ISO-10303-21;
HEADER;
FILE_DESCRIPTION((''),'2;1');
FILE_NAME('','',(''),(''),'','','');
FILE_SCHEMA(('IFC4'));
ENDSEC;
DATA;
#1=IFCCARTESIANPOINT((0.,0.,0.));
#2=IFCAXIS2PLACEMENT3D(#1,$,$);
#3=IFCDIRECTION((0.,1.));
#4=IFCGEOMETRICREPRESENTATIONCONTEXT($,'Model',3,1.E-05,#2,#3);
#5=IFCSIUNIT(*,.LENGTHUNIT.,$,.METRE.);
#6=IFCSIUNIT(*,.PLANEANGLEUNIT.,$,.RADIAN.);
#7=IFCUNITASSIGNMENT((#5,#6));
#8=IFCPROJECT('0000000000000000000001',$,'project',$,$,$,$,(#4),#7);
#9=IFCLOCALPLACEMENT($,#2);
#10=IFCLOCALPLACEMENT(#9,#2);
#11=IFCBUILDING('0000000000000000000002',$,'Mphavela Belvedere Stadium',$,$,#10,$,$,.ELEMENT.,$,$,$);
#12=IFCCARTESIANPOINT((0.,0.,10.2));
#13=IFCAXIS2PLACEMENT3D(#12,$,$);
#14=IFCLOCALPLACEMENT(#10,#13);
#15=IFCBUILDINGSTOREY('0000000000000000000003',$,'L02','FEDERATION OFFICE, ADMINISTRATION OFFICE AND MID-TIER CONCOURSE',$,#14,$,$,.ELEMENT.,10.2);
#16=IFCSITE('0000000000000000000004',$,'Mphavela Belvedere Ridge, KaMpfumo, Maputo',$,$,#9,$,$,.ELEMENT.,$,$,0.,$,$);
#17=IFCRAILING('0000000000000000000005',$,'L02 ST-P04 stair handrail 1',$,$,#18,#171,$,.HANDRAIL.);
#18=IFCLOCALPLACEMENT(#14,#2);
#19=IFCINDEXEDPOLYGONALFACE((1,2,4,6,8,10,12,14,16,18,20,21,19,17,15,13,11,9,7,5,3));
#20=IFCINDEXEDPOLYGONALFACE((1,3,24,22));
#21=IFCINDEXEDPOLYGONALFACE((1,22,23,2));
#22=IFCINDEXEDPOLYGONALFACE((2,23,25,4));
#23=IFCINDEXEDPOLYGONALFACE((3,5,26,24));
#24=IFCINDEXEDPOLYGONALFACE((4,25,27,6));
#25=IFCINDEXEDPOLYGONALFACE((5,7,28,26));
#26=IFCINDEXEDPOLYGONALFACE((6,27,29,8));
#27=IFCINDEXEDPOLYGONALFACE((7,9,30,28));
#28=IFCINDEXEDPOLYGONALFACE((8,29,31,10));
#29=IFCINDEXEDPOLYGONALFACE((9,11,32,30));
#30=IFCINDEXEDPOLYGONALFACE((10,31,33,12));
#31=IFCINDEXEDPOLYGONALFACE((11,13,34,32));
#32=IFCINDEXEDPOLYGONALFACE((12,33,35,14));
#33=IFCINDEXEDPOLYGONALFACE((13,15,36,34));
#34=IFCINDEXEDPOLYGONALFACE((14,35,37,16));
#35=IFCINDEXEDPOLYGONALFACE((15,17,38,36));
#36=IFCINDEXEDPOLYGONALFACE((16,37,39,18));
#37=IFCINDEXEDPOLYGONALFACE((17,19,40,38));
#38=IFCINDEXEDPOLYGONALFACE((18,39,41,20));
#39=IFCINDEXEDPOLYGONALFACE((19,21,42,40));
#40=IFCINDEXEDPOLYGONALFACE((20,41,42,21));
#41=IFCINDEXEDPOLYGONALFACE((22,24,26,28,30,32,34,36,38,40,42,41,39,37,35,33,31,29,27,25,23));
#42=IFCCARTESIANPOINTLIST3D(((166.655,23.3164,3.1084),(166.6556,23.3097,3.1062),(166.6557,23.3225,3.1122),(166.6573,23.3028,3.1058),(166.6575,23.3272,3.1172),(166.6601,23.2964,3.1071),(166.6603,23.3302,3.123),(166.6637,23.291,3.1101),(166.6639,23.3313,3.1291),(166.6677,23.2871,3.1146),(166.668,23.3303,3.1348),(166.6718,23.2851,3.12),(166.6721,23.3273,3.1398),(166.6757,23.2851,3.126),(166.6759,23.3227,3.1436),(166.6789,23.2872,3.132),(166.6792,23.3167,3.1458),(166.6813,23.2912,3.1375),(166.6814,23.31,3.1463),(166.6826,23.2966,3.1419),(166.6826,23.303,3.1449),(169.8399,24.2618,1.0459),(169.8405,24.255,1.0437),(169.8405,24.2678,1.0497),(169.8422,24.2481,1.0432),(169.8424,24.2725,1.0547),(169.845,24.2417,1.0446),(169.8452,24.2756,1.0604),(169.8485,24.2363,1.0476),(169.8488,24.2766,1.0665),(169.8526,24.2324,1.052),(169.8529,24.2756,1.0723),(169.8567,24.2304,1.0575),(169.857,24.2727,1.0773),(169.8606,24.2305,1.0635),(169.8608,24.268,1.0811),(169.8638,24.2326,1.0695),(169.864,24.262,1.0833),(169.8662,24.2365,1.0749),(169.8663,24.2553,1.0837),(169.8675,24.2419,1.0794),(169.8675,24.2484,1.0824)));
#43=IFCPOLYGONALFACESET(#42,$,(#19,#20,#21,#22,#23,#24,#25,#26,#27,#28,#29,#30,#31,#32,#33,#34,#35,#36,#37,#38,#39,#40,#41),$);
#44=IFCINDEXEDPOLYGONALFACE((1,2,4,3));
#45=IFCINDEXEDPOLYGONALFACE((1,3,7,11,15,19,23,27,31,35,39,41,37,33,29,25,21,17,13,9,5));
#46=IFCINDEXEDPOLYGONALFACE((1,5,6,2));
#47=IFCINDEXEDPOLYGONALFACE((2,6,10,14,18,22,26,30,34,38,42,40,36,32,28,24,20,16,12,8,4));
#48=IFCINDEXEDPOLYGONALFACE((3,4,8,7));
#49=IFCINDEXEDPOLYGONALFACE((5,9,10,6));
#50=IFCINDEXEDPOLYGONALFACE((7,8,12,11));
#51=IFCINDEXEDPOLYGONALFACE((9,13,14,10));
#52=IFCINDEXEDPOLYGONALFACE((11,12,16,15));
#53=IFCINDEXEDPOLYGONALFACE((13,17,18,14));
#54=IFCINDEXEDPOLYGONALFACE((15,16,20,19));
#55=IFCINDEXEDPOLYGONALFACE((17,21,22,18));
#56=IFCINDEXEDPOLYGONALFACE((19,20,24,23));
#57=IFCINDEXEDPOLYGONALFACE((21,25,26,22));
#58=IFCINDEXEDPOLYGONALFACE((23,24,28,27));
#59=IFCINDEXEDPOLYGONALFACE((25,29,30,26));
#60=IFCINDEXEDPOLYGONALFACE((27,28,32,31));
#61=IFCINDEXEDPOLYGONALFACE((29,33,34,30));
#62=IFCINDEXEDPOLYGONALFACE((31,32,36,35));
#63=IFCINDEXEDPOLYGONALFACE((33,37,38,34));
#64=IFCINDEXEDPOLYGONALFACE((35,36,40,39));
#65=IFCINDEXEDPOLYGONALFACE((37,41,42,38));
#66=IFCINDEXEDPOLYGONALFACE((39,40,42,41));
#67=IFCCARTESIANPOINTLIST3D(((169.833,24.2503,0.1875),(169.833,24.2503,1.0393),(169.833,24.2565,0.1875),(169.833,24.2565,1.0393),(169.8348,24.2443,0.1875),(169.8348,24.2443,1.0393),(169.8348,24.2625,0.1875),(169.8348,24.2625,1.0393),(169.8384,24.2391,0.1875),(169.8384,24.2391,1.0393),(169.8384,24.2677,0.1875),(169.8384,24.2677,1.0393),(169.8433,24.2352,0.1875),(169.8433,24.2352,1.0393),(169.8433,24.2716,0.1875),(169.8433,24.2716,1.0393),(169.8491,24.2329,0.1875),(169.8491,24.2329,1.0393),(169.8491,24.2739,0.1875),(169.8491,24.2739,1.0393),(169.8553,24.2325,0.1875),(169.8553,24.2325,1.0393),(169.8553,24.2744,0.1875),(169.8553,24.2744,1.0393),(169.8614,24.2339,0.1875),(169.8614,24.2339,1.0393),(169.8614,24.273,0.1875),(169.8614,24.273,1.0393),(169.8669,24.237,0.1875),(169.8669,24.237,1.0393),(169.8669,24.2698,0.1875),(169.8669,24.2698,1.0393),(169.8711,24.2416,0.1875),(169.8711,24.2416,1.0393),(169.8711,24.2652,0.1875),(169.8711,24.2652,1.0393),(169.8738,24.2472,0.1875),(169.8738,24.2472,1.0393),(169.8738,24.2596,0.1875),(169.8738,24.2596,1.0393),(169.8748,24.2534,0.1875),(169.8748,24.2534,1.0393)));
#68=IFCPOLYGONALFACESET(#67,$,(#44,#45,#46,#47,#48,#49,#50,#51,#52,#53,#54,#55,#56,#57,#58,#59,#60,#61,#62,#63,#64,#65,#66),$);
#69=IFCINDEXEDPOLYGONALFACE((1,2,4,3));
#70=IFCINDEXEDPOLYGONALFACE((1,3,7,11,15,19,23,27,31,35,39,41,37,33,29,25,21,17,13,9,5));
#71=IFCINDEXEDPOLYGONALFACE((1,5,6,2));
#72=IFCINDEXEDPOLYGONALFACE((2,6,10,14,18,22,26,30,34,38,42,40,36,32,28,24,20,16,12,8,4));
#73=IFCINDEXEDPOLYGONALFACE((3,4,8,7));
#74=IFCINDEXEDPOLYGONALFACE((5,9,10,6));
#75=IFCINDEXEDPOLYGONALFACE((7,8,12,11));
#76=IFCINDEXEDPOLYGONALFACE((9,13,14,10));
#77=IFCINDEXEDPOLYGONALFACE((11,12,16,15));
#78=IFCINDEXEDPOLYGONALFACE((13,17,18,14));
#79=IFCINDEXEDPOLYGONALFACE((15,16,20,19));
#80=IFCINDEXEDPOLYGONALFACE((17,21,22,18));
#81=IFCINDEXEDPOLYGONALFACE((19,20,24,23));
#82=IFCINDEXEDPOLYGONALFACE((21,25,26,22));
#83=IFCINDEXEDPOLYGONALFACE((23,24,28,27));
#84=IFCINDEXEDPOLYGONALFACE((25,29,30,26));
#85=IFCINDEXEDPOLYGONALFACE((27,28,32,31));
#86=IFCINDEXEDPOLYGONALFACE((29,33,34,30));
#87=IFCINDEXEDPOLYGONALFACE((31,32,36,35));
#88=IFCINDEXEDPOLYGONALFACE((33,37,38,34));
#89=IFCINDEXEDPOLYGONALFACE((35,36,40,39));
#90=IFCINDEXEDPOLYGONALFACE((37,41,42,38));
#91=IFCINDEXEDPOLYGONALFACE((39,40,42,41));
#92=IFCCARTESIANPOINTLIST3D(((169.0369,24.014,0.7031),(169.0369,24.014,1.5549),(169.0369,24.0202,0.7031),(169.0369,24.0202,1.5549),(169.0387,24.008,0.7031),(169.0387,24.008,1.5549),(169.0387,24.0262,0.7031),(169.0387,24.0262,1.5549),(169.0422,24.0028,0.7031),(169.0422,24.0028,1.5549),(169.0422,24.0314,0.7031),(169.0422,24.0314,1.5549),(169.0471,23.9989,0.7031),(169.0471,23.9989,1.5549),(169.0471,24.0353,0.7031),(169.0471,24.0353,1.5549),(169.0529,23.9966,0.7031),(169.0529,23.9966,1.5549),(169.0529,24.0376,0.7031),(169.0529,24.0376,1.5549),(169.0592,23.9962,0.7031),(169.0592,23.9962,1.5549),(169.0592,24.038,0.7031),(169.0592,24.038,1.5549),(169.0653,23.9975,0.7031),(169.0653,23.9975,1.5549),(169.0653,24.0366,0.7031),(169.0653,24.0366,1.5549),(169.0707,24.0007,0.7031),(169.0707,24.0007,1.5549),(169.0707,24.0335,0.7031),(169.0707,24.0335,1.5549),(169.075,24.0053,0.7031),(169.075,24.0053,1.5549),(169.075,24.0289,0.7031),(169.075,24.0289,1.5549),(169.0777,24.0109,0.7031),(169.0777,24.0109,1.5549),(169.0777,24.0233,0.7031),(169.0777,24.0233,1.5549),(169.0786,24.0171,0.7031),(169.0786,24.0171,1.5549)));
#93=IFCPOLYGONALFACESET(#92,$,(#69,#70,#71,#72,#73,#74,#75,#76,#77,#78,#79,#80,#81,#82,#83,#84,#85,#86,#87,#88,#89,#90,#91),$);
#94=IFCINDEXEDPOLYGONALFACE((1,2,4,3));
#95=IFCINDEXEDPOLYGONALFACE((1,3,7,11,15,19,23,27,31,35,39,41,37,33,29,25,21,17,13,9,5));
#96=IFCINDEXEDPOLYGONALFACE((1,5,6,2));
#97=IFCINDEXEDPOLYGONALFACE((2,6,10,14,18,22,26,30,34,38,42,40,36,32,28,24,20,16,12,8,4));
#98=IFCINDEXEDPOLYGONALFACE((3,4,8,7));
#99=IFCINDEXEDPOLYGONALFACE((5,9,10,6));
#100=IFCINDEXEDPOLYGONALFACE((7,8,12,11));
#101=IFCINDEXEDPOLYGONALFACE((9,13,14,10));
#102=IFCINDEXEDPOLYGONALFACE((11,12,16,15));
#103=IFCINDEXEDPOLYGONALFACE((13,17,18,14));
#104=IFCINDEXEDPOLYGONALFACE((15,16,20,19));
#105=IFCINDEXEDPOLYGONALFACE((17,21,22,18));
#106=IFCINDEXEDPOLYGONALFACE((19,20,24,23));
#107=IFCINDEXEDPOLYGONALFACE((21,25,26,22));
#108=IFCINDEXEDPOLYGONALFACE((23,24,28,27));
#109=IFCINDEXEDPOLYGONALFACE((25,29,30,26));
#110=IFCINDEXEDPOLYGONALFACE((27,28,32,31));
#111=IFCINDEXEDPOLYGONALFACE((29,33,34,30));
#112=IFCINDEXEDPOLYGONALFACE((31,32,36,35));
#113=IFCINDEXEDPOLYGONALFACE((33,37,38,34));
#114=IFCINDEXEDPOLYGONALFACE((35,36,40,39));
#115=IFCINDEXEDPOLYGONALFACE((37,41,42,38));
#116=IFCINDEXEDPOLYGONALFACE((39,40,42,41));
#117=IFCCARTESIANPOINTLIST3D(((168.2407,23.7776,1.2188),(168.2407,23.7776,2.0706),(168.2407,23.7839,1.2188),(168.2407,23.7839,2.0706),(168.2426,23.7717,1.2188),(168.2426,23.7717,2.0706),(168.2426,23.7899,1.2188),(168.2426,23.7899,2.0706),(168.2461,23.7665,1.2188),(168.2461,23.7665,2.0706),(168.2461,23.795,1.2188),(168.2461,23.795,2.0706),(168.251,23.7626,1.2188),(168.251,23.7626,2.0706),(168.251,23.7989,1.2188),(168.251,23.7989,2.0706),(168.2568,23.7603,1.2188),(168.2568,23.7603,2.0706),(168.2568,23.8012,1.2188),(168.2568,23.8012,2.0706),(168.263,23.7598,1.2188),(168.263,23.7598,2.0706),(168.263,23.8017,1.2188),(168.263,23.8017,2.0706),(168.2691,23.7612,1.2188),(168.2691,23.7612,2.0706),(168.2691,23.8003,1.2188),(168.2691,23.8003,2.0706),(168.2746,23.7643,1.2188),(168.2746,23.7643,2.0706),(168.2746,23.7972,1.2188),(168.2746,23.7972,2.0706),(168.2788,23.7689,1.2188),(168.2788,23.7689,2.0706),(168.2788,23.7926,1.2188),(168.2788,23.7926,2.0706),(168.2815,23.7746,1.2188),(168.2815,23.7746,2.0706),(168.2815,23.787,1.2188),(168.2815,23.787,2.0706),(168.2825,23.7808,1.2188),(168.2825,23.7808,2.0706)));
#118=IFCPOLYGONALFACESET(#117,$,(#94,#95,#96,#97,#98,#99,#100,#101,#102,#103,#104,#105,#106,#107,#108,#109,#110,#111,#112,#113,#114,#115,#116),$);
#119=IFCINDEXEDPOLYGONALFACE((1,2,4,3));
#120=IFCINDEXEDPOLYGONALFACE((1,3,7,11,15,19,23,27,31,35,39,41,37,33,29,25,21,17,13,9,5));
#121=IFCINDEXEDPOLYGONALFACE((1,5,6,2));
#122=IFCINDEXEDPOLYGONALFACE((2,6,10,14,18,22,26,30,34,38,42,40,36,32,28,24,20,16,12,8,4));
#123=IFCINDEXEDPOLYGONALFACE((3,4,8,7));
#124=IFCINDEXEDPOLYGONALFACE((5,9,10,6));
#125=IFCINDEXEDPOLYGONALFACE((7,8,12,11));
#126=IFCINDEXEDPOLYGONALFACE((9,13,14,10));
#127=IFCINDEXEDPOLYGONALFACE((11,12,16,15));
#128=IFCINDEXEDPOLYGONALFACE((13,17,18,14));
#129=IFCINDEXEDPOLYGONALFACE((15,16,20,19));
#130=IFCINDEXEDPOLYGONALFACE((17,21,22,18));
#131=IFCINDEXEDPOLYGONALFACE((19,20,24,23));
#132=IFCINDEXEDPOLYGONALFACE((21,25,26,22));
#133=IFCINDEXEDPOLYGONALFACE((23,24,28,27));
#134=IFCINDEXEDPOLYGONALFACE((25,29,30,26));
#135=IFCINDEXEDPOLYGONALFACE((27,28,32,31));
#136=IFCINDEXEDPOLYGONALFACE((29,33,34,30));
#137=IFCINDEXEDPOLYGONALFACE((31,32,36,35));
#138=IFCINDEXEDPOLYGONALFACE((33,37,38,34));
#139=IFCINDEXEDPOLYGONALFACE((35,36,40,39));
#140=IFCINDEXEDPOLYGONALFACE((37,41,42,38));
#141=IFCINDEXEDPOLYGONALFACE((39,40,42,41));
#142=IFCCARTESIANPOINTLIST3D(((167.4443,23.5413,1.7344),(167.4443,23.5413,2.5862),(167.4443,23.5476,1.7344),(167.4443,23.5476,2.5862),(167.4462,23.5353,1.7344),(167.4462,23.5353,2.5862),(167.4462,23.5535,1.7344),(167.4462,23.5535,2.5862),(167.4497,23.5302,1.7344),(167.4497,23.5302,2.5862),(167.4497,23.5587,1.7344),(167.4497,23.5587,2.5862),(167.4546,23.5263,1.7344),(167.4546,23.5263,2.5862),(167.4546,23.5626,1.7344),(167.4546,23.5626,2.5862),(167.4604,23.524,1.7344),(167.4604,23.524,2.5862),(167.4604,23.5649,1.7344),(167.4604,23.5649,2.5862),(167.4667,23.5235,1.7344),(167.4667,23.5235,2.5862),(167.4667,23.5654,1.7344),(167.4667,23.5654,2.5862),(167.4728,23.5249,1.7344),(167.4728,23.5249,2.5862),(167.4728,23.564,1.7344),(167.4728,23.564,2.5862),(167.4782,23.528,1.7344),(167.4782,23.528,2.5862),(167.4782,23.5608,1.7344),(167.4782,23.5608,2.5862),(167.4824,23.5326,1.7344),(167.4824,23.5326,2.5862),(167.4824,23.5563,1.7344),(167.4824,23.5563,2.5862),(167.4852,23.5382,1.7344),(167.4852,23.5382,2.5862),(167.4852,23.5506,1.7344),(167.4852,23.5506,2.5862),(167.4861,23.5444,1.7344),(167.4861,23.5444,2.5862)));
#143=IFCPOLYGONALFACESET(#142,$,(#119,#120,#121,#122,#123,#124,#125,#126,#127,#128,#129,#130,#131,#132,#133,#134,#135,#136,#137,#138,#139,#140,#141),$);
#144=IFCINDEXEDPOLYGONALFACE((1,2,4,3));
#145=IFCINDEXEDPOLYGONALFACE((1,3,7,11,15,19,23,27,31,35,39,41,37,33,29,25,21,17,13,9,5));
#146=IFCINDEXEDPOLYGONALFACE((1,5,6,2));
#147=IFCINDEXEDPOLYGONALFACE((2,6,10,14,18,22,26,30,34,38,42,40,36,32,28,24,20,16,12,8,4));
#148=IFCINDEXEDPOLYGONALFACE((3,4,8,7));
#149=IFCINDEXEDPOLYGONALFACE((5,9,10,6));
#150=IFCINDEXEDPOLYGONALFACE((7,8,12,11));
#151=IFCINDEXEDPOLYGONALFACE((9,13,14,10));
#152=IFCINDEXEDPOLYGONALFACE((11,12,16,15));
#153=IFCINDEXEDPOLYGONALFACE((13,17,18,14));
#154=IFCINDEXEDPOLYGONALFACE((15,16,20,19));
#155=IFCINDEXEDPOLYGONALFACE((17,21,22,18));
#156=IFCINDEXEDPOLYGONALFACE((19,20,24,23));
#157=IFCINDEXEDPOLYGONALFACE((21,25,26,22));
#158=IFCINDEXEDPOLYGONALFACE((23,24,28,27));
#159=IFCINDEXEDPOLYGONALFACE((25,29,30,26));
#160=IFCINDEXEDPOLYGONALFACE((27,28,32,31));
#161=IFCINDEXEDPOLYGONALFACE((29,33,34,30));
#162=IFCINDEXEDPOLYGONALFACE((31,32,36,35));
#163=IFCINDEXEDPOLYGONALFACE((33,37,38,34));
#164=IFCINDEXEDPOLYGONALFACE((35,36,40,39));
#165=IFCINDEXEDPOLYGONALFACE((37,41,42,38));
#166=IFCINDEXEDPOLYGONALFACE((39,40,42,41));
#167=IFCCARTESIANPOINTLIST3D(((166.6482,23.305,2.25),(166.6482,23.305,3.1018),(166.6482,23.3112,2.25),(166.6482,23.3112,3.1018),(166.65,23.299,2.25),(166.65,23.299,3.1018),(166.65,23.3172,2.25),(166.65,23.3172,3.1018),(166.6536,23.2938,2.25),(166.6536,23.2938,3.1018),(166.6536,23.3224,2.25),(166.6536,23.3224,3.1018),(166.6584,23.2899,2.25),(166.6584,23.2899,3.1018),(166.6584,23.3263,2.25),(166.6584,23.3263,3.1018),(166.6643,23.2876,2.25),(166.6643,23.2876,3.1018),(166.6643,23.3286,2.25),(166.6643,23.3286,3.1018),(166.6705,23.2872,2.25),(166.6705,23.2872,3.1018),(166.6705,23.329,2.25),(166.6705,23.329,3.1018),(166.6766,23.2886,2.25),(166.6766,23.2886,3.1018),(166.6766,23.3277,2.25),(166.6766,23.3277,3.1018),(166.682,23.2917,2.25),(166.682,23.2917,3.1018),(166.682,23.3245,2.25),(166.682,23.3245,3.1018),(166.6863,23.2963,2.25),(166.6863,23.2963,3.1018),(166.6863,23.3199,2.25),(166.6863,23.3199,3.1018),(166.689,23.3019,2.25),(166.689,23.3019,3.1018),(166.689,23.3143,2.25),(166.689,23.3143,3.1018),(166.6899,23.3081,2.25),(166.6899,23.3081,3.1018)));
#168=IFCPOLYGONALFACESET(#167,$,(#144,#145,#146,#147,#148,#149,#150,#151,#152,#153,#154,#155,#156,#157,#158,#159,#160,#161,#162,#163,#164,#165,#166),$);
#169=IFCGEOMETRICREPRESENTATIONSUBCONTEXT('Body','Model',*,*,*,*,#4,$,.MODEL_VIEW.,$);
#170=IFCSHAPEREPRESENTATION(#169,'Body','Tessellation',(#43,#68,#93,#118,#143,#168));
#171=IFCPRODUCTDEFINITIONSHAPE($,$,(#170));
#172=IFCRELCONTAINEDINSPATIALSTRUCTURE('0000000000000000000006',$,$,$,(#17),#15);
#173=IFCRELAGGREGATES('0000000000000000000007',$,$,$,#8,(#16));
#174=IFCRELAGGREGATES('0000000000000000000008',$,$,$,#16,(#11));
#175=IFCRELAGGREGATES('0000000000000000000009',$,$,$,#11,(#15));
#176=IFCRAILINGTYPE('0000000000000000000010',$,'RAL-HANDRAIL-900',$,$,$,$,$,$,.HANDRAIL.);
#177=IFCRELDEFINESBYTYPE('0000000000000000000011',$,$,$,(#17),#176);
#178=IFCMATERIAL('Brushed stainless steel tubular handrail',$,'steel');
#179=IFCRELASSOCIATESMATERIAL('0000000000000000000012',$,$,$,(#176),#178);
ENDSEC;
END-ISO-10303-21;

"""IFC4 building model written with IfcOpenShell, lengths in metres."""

from ifc_helpers import new_model, si_unit, direction, frame, origin, origin_2d, place, context, subcontext, project, spatial, circle, extrude, material, type_object, element, save


model = new_model("IFC4")

# Units and contexts
model_context = context("Model", 3, precision=1e-05, world=origin(), true_north=direction((0.0, 1.0)))
body_context = subcontext(model_context, "Body", "Model", "MODEL_VIEW")
ifc_project = project(units=[si_unit("LENGTHUNIT", "METRE"), si_unit("PLANEANGLEUNIT", "RADIAN")], contexts=[model_context])

# Site, building, storey
site_placement = place(None, origin())
site = spatial("IfcSite", under=ifc_project, at=site_placement, Name="Mphavela Belvedere Ridge, KaMpfumo, Maputo", CompositionType="ELEMENT", RefElevation=0.0)
building_placement = place(site_placement, origin())
building = spatial("IfcBuilding", under=site, at=building_placement, Name="Mphavela Belvedere Stadium", CompositionType="ELEMENT")
storey_placement = place(building_placement, frame((0.0, 0.0, 10.2)))
storey = spatial("IfcBuildingStorey", under=building, at=storey_placement, Name="L02", Description="FEDERATION OFFICE, ADMINISTRATION OFFICE AND MID-TIER CONCOURSE", CompositionType="ELEMENT", Elevation=10.2)

# Railing
ifc_material_1 = material(Name="Brushed stainless steel tubular handrail", Category="steel")
railing_type_1 = type_object("IfcRailingType", Name="RAL-HANDRAIL-900", PredefinedType="HANDRAIL", material=ifc_material_1)
railing_1_placement = place(storey_placement, frame((169.8538, 24.2534, 0.1875)))
element("IfcRailing", 1, at=railing_1_placement, inside=storey, type_object=railing_type_1, Name="L02 ST-P04 stair handrail 1", PredefinedType="HANDRAIL", context=body_context, shape_type="SweptSolid", body=[
    extrude(circle(Radius=0.0239, at=origin_2d()), frame((0.0, 0.0, 0.876), z_axis=(-0.814465, -0.241748, 0.527451), x_axis=(0.284549, -0.958662, 0.0)), (0.0, 0.0, 1.0), 3.9104),
    extrude(circle(Radius=0.021, at=origin_2d()), origin(), (0.0, 0.0, 1.0), 0.8518),
    extrude(circle(Radius=0.021, at=origin_2d()), frame((-0.7961, -0.2363, 0.5156)), (0.0, 0.0, 1.0), 0.8518),
    extrude(circle(Radius=0.021, at=origin_2d()), frame((-1.5923, -0.4727, 1.0312)), (0.0, 0.0, 1.0), 0.8518),
    extrude(circle(Radius=0.021, at=origin_2d()), frame((-2.3887, -0.709, 1.5469)), (0.0, 0.0, 1.0), 0.8518),
    extrude(circle(Radius=0.021, at=origin_2d()), frame((-3.1848, -0.9453, 2.0625)), (0.0, 0.0, 1.0), 0.8518),
])

save(model, "model.ifc")
